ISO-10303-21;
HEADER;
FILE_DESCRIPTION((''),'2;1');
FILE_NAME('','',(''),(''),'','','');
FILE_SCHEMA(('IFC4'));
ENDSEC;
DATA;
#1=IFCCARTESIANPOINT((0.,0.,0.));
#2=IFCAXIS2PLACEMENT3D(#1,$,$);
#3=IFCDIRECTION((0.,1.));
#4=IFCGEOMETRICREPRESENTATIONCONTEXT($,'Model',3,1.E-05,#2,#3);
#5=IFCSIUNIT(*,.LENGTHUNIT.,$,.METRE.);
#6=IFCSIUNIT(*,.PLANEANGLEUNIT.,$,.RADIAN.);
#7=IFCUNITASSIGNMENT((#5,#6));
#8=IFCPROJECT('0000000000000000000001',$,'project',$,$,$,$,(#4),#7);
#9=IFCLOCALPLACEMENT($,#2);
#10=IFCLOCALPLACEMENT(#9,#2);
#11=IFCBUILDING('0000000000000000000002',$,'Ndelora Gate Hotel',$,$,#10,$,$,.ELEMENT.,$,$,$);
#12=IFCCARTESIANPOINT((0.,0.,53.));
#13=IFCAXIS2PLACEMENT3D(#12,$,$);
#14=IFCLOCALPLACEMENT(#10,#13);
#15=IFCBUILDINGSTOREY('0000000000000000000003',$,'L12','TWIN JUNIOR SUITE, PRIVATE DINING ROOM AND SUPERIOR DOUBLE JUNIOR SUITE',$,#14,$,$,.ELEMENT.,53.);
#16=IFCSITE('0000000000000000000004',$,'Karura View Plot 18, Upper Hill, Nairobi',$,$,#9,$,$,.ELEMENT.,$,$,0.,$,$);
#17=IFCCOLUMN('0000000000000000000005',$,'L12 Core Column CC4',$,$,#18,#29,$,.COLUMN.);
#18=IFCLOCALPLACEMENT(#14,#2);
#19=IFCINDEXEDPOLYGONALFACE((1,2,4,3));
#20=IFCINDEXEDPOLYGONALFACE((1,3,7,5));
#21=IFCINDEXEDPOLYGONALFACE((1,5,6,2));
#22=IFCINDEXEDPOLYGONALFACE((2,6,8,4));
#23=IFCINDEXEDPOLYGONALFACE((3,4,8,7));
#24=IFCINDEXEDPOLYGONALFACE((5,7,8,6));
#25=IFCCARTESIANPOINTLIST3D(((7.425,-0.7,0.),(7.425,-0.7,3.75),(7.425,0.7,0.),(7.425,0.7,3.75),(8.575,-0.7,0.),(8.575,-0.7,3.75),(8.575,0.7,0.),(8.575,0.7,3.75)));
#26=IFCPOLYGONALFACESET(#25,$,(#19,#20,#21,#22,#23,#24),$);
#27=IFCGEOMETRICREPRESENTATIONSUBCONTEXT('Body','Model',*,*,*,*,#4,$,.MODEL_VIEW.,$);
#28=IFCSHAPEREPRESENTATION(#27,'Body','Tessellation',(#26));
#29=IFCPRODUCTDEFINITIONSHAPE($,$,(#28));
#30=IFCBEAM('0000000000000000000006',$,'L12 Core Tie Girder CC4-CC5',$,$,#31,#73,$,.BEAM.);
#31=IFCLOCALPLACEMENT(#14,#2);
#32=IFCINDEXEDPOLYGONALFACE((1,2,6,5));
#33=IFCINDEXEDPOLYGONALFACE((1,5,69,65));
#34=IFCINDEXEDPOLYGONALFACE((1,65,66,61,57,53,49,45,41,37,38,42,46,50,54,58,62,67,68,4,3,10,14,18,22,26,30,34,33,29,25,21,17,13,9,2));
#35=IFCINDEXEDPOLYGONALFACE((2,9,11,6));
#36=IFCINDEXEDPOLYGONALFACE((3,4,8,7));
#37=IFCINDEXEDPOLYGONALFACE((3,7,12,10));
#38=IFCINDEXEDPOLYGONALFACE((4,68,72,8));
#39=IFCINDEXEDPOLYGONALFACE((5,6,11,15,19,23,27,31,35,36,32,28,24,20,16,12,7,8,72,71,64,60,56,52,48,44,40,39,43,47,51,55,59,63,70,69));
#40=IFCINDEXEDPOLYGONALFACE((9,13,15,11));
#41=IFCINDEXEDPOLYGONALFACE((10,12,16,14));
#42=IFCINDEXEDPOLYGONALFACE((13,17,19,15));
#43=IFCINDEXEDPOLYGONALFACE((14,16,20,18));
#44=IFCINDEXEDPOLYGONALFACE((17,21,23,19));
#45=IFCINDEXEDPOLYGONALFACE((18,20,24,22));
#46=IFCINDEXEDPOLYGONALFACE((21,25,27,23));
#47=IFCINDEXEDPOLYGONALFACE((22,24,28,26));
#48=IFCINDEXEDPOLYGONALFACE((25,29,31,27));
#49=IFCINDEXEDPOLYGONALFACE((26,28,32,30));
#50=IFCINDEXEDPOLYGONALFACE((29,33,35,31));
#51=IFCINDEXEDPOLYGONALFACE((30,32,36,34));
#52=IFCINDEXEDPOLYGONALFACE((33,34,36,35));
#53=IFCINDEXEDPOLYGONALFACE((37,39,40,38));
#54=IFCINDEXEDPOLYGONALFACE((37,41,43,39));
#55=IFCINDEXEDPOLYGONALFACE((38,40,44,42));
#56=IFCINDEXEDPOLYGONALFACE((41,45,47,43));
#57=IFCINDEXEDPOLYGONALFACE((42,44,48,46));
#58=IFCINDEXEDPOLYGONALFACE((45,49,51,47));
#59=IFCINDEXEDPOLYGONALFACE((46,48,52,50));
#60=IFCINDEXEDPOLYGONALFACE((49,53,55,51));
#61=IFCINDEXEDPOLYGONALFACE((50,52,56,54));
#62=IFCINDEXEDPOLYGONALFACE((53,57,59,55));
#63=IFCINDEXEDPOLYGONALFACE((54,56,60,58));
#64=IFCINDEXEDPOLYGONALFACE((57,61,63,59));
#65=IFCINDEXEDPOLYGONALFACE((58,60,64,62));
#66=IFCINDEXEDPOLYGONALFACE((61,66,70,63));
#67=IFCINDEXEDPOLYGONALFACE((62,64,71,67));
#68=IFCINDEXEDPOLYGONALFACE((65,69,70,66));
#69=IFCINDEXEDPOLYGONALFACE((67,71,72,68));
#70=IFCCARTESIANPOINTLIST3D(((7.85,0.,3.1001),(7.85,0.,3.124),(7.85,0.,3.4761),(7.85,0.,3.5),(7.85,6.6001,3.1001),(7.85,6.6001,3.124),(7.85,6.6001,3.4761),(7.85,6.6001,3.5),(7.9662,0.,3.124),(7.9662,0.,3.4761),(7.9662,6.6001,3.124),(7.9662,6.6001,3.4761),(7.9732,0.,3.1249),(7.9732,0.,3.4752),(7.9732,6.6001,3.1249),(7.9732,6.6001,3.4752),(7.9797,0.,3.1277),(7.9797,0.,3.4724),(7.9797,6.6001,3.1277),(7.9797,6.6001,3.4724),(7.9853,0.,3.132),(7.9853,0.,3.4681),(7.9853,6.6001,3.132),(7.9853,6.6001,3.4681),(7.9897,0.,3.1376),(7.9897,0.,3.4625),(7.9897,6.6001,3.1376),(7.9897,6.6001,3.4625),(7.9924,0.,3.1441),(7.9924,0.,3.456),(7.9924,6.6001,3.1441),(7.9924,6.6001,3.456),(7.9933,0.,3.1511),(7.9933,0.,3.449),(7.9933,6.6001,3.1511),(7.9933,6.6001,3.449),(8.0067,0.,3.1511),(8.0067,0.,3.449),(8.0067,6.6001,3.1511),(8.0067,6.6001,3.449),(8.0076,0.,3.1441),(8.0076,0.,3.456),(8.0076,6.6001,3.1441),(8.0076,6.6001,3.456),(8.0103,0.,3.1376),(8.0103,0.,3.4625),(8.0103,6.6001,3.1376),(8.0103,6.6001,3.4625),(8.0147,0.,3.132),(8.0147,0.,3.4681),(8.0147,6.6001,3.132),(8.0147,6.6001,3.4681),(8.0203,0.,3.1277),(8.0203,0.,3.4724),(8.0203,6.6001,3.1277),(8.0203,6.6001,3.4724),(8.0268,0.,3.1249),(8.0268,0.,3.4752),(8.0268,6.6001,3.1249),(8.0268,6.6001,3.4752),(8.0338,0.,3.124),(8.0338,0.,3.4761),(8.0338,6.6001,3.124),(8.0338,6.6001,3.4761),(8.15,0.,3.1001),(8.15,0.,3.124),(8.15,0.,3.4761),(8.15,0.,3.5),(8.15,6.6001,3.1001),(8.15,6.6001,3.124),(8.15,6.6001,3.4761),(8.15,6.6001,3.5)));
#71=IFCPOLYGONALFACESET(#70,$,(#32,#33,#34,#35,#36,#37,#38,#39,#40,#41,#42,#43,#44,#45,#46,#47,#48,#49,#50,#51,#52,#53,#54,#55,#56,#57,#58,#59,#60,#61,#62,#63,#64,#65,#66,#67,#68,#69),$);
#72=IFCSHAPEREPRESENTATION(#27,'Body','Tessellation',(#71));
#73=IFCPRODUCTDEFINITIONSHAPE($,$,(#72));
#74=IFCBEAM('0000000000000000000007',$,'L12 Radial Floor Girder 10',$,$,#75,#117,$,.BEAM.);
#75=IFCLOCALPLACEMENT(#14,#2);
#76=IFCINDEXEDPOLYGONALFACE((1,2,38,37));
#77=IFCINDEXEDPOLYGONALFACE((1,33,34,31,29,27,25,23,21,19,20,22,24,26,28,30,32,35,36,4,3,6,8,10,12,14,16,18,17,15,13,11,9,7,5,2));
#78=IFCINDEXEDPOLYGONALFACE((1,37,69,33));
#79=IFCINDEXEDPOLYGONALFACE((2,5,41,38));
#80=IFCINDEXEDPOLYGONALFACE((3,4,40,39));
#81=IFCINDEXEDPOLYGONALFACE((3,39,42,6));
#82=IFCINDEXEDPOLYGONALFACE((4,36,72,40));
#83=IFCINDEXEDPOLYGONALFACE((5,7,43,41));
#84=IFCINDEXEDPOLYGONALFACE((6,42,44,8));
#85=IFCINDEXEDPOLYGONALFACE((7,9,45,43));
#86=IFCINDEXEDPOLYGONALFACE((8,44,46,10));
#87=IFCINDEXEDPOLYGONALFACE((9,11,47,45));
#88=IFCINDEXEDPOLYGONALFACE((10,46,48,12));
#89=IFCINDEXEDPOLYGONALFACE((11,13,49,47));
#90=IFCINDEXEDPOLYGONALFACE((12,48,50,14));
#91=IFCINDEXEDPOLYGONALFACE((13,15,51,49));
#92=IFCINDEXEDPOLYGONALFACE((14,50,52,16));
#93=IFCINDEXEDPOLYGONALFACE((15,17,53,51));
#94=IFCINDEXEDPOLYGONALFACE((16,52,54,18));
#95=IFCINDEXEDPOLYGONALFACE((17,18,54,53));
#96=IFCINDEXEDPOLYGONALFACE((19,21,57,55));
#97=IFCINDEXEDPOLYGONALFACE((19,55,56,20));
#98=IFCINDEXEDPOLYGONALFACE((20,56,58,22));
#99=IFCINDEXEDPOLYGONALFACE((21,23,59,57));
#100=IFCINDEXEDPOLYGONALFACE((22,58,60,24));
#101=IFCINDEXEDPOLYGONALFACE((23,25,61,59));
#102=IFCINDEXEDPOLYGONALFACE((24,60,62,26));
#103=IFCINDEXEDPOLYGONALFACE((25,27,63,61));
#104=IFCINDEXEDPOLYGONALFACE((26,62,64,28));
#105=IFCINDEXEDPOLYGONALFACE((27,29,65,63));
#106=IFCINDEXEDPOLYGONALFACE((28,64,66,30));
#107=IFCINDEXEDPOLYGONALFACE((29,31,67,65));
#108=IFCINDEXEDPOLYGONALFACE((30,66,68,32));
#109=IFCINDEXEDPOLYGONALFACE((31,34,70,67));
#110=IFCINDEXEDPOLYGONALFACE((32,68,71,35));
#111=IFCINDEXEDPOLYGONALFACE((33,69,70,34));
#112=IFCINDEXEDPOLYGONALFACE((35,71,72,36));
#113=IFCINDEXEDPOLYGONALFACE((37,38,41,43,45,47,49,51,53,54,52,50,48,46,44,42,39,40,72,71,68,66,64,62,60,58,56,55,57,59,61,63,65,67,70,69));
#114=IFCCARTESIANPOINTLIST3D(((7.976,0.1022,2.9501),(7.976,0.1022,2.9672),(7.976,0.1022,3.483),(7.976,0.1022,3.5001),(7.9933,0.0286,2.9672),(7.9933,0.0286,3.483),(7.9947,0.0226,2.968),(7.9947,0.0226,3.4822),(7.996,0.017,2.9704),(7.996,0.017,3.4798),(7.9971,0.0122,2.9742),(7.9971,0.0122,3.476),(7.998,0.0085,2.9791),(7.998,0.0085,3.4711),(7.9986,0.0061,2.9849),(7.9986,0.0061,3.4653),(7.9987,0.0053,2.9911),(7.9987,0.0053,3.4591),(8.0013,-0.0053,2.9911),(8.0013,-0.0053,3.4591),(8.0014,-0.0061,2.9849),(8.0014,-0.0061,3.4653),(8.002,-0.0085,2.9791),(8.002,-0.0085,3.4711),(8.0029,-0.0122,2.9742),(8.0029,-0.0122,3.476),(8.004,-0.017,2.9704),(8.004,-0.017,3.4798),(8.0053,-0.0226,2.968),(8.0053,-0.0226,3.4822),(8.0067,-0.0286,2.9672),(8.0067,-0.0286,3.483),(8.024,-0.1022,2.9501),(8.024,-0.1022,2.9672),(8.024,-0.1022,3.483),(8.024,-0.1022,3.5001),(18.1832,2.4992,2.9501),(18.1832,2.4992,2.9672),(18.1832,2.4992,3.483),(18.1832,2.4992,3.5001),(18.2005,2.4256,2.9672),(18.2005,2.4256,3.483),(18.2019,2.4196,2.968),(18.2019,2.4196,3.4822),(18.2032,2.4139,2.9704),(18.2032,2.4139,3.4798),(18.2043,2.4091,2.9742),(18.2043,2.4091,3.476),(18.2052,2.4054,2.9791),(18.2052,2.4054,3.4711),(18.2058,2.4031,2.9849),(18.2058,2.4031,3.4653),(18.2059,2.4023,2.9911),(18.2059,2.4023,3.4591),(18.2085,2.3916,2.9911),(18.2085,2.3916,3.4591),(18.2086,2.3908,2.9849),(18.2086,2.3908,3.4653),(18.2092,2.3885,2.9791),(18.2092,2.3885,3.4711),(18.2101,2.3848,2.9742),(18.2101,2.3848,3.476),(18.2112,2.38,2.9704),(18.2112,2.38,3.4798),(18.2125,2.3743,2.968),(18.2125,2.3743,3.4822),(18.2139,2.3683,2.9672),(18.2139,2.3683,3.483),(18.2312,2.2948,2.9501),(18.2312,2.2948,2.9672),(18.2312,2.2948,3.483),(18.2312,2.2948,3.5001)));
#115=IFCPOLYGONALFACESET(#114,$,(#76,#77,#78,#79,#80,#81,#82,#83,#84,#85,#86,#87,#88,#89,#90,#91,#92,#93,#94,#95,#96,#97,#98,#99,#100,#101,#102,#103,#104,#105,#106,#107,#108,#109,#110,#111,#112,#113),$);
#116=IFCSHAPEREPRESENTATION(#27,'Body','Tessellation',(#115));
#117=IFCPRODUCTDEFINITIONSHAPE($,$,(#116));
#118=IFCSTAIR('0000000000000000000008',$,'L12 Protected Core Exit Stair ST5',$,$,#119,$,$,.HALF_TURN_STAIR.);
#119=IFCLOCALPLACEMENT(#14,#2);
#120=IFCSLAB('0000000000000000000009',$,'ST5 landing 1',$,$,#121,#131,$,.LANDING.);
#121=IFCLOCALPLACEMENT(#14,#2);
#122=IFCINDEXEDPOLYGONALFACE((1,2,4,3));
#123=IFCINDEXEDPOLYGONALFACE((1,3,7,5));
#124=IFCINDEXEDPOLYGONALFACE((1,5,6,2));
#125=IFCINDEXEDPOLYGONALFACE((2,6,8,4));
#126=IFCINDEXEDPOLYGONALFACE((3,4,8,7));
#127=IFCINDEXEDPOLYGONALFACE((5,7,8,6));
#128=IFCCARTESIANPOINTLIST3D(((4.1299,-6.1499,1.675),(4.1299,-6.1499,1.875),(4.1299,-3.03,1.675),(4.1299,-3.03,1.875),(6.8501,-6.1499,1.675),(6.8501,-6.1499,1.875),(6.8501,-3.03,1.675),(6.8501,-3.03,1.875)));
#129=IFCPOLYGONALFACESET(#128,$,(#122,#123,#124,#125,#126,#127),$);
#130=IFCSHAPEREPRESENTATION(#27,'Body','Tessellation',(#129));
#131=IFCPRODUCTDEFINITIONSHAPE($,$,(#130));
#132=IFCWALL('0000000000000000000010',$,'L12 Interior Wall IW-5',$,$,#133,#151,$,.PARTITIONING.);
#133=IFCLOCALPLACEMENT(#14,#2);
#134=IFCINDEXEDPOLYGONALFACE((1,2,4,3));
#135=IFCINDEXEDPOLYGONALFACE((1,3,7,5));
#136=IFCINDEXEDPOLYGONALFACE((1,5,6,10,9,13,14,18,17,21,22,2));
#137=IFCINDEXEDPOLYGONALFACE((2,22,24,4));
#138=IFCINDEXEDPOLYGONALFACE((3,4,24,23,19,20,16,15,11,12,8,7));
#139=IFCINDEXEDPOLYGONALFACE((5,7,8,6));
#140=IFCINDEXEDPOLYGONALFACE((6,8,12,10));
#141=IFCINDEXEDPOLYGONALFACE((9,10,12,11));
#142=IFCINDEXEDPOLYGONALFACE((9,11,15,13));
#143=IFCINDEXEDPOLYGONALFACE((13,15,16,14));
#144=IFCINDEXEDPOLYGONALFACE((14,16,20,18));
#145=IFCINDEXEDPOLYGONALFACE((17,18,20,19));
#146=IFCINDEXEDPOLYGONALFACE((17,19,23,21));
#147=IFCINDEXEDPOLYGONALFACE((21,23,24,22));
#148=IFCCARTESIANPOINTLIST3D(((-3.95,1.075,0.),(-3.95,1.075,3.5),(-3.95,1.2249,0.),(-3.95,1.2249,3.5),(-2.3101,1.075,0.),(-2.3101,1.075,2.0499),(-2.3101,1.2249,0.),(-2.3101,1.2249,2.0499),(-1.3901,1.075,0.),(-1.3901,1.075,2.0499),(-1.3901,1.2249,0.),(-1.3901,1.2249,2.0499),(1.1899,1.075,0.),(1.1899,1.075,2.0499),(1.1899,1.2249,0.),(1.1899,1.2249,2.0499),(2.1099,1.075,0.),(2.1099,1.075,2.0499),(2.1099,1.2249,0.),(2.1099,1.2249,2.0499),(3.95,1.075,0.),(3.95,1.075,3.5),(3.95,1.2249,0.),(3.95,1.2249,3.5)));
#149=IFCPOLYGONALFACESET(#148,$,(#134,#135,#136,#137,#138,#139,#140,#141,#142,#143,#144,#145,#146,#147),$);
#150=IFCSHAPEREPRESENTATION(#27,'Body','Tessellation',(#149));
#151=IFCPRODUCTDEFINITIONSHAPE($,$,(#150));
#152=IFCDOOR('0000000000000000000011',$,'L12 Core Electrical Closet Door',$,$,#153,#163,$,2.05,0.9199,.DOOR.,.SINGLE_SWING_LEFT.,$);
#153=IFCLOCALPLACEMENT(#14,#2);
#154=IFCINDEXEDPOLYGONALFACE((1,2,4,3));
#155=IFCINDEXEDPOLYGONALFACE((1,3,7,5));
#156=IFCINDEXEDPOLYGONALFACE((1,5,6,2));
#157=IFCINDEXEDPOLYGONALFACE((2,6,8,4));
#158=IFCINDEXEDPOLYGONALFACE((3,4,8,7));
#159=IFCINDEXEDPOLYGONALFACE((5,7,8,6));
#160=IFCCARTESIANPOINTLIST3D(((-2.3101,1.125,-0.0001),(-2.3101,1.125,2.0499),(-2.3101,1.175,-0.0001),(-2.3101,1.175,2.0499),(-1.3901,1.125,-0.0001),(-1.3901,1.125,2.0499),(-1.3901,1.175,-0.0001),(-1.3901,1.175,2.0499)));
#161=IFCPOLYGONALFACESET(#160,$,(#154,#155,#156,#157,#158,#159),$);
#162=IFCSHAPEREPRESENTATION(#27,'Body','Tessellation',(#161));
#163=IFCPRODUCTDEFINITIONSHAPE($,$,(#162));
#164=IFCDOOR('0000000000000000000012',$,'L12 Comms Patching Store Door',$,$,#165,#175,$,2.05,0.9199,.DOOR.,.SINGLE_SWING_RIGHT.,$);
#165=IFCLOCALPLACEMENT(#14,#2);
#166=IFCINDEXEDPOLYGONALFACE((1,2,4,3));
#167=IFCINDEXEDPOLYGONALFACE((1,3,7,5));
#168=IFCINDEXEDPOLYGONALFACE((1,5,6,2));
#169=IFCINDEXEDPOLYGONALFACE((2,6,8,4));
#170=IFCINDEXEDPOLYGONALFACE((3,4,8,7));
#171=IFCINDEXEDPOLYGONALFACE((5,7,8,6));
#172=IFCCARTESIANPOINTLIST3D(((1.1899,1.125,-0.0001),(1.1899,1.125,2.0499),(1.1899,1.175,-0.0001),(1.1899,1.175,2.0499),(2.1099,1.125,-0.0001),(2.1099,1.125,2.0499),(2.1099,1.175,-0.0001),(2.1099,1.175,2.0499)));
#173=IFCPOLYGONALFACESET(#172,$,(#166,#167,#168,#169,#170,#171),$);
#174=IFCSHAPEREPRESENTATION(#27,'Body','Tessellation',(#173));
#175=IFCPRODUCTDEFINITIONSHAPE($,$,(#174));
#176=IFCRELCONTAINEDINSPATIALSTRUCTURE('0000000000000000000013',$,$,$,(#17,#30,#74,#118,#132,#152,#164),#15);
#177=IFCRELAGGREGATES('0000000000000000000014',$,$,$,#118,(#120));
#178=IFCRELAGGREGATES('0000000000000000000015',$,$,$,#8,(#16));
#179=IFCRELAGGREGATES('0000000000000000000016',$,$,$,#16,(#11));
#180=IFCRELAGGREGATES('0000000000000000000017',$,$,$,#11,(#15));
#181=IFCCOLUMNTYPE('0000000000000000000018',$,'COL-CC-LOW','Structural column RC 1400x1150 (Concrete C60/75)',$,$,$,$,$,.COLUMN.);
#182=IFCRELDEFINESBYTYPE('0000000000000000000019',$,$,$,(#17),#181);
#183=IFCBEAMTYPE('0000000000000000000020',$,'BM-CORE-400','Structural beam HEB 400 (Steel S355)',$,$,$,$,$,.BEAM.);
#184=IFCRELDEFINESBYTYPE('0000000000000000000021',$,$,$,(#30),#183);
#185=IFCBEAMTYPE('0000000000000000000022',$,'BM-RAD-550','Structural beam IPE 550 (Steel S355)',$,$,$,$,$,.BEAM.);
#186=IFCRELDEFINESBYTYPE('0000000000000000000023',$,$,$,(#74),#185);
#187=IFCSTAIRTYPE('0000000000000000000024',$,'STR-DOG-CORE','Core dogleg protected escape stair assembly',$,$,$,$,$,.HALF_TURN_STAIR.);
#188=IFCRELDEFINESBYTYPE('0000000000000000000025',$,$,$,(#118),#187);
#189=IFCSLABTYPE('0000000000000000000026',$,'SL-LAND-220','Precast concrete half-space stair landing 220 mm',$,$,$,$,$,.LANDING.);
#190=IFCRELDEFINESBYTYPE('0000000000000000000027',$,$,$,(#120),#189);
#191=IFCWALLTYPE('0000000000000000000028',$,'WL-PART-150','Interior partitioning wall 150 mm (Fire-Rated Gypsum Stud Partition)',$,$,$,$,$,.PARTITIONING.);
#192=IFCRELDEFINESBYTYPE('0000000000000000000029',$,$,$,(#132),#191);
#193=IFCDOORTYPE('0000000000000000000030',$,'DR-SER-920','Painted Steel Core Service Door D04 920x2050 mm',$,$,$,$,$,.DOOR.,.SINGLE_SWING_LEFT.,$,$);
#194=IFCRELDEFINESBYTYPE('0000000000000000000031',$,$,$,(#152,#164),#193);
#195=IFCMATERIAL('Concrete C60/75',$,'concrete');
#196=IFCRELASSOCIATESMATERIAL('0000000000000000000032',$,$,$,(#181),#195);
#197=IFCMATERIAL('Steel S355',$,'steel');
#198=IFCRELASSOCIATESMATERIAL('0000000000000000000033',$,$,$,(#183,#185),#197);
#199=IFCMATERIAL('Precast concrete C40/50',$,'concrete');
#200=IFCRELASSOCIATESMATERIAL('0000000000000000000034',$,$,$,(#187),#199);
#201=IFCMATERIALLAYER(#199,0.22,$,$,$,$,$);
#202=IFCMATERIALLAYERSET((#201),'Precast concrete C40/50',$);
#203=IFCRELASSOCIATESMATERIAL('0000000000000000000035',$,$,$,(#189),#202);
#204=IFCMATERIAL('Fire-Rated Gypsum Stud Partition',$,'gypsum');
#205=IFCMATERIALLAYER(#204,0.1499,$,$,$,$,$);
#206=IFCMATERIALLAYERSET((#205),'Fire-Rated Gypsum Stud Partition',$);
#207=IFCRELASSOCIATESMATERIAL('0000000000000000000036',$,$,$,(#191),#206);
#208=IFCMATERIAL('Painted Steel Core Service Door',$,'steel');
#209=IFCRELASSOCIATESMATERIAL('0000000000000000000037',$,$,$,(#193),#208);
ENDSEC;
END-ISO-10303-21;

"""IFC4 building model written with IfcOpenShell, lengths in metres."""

from ifc_helpers import new_model, si_unit, direction, frame, frame_2d, origin, origin_2d, place, context, subcontext, project, spatial, polyline, rectangle, i_section, outline, extrude, material, layer, layer_set, material_profile, profile_set, type_object, element, fill, aggregate, save


model = new_model("IFC4")

# Units and contexts
model_context = context("Model", 3, precision=1e-05, world=origin(), true_north=direction((0.0, 1.0)))
body_context = subcontext(model_context, "Body", "Model", "MODEL_VIEW")
ifc_project = project(units=[si_unit("LENGTHUNIT", "METRE"), si_unit("PLANEANGLEUNIT", "RADIAN")], contexts=[model_context])

# Site, building, storey
site_placement = place(None, origin())
site = spatial("IfcSite", under=ifc_project, at=site_placement, Name="Karura View Plot 18, Upper Hill, Nairobi", CompositionType="ELEMENT", RefElevation=0.0)
building_placement = place(site_placement, origin())
building = spatial("IfcBuilding", under=site, at=building_placement, Name="Ndelora Gate Hotel", CompositionType="ELEMENT")
storey_placement = place(building_placement, frame((0.0, 0.0, 53.0)))
storey = spatial("IfcBuildingStorey", under=building, at=storey_placement, Name="L12", Description="TWIN JUNIOR SUITE, PRIVATE DINING ROOM AND SUPERIOR DOUBLE JUNIOR SUITE", CompositionType="ELEMENT", Elevation=53.0)

# Column
ifc_material_1 = material(Name="Concrete C60/75", Category="concrete")
ifc_material_profile_1 = material_profile(ifc_material_1, rectangle(XDim=1.1499, YDim=1.3999, at=origin_2d()), Name="RC 1400x1150")
ifc_profile_set_1 = profile_set([ifc_material_profile_1], Name="Concrete C60/75")
column_type = type_object("IfcColumnType", Name="COL-CC-LOW", Description="Structural column RC 1400x1150 (Concrete C60/75)", PredefinedType="COLUMN", material=ifc_profile_set_1)
column_placement = place(storey_placement, frame((8.0, 0.0, 0.0), z_axis=(0.0, 0.0, 1.0), x_axis=(1.0, 0.0, 0.0)))
element("IfcColumn", 1, at=column_placement, inside=storey, type_object=column_type, Name="L12 Core Column CC4", PredefinedType="COLUMN", context=body_context, shape_type="SweptSolid", body=[
    extrude(rectangle(XDim=1.1499, YDim=1.3999, at=origin_2d()), origin(), (0.0, 0.0, 1.0), 3.75),
])

# Beams
ifc_material_2 = material(Name="Steel S355", Category="steel")
ifc_material_profile_2 = material_profile(ifc_material_2, i_section(OverallWidth=0.3, OverallDepth=0.3999, WebThickness=0.0134, FlangeThickness=0.0239, FilletRadius=0.0271, at=origin_2d()), Name="HEB 400")
ifc_profile_set_2 = profile_set([ifc_material_profile_2], Name="Steel S355")
beam_type_1 = type_object("IfcBeamType", Name="BM-CORE-400", Description="Structural beam HEB 400 (Steel S355)", PredefinedType="BEAM", material=ifc_profile_set_2)
beam_1_placement = place(storey_placement, frame((8.0, 0.0, 3.3), z_axis=(0.0, 1.0, 0.0), x_axis=(-1.0, 0.0, 0.0)))
element("IfcBeam", 2, at=beam_1_placement, inside=storey, type_object=beam_type_1, Name="L12 Core Tie Girder CC4-CC5", PredefinedType="BEAM", context=body_context, shape_type="SweptSolid", body=[
    extrude(i_section(OverallWidth=0.3, OverallDepth=0.3999, WebThickness=0.0134, FlangeThickness=0.0239, FilletRadius=0.0271, at=origin_2d()), origin(), (0.0, 0.0, 1.0), 6.6001),
])
ifc_material_profile_3 = material_profile(ifc_material_2, i_section(OverallWidth=0.21, OverallDepth=0.55, WebThickness=0.011, FlangeThickness=0.0171, FilletRadius=0.0239, at=origin_2d()), Name="IPE 550")
ifc_profile_set_3 = profile_set([ifc_material_profile_3], Name="Steel S355")
beam_type_2 = type_object("IfcBeamType", Name="BM-RAD-550", Description="Structural beam IPE 550 (Steel S355)", PredefinedType="BEAM", material=ifc_profile_set_3)
beam_2_placement = place(storey_placement, frame((8.0, 0.0, 3.2251), z_axis=(0.973518, 0.228611, 0.0), x_axis=(-0.228611, 0.973518, 0.0)))
element("IfcBeam", 3, at=beam_2_placement, inside=storey, type_object=beam_type_2, Name="L12 Radial Floor Girder 10", PredefinedType="BEAM", context=body_context, shape_type="SweptSolid", body=[
    extrude(i_section(OverallWidth=0.21, OverallDepth=0.55, WebThickness=0.011, FlangeThickness=0.0171, FilletRadius=0.0239, at=origin_2d()), origin(), (0.0, 0.0, 1.0), 10.4849),
])

# Stair, slab
ifc_material_3 = material(Name="Precast concrete C40/50", Category="concrete")
stair_type = type_object("IfcStairType", Name="STR-DOG-CORE", Description="Core dogleg protected escape stair assembly", PredefinedType="HALF_TURN_STAIR", material=ifc_material_3)
stair_placement = place(storey_placement, origin())
stair = element("IfcStair", 4, at=stair_placement, inside=storey, type_object=stair_type, Name="L12 Protected Core Exit Stair ST5", PredefinedType="HALF_TURN_STAIR")
ifc_layer_1 = layer(ifc_material_3, 0.22)
ifc_layer_set_1 = layer_set([ifc_layer_1], Name="Precast concrete C40/50")
slab_type = type_object("IfcSlabType", Name="SL-LAND-220", Description="Precast concrete half-space stair landing 220 mm", PredefinedType="LANDING", material=ifc_layer_set_1)
slab_placement = place(storey_placement, frame((0.0, 0.0, 1.675)))
slab = element("IfcSlab", 5, at=slab_placement, type_object=slab_type, Name="ST5 landing 1", PredefinedType="LANDING", context=body_context, shape_type="SweptSolid", body=[
    extrude(outline(polyline([(4.1299, -3.03), (4.1299, -6.1499), (6.8501, -6.1499), (6.8501, -3.03), (4.1299, -3.03)])), origin(), (0.0, 0.0, 1.0), 0.2),
])
aggregate(stair, [slab])

# Wall, openings, doors
ifc_material_4 = material(Name="Fire-Rated Gypsum Stud Partition", Category="gypsum")
ifc_layer_2 = layer(ifc_material_4, 0.1499)
ifc_layer_set_2 = layer_set([ifc_layer_2], Name="Fire-Rated Gypsum Stud Partition")
wall_type_1 = type_object("IfcWallType", Name="WL-PART-150", Description="Interior partitioning wall 150 mm (Fire-Rated Gypsum Stud Partition)", PredefinedType="PARTITIONING", material=ifc_layer_set_2)
wall_1_placement = place(storey_placement, frame((3.95, 1.1499, 0.0), z_axis=(0.0, 0.0, 1.0), x_axis=(-1.0, 0.0, 0.0)))
wall_1 = element("IfcWall", 6, at=wall_1_placement, inside=storey, type_object=wall_type_1, Name="L12 Interior Wall IW-5", PredefinedType="PARTITIONING", context=body_context, shape_type="SweptSolid", body=[
    extrude(rectangle(XDim=7.8999, YDim=0.1499, at=frame_2d((3.95, 0.0))), origin(), (0.0, 0.0, 1.0), 3.5),
])
opening_1_placement = place(wall_1_placement, frame((5.3401, 0.0, 0.0)))
opening_1 = element("IfcOpeningElement", 7, at=opening_1_placement, cuts=wall_1, PredefinedType="OPENING", context=body_context, shape_type="SweptSolid", body=[
    extrude(rectangle(XDim=0.9199, YDim=2.05, at=frame_2d((0.46, 1.0249))), frame((0.0, 0.085, 0.0), z_axis=(0.0, -1.0, 0.0), x_axis=(1.0, 0.0, 0.0)), (0.0, 0.0, 1.0), 0.1699),
])
opening_2_placement = place(wall_1_placement, frame((1.8401, 0.0, 0.0)))
opening_2 = element("IfcOpeningElement", 8, at=opening_2_placement, cuts=wall_1, PredefinedType="OPENING", context=body_context, shape_type="SweptSolid", body=[
    extrude(rectangle(XDim=0.9199, YDim=2.05, at=frame_2d((0.46, 1.0249))), frame((0.0, 0.085, 0.0), z_axis=(0.0, -1.0, 0.0), x_axis=(1.0, 0.0, 0.0)), (0.0, 0.0, 1.0), 0.1699),
])
ifc_material_5 = material(Name="Painted Steel Core Service Door", Category="steel")
door_type_1 = type_object("IfcDoorType", Name="DR-SER-920", Description="Painted Steel Core Service Door D04 920x2050 mm", OperationType="SINGLE_SWING_LEFT", PredefinedType="DOOR", material=ifc_material_5)
door_1_placement = place(opening_1_placement, origin())
door_1 = element("IfcDoor", 9, at=door_1_placement, inside=storey, type_object=door_type_1, Name="L12 Core Electrical Closet Door", OperationType="SINGLE_SWING_LEFT", OverallHeight=2.05, OverallWidth=0.9199, PredefinedType="DOOR", context=body_context, shape_type="SweptSolid", body=[
    extrude(rectangle(XDim=0.9199, YDim=2.05, at=frame_2d((0.46, 1.0249))), frame((0.0, 0.0249, 0.0), z_axis=(0.0, -1.0, 0.0), x_axis=(1.0, 0.0, 0.0)), (0.0, 0.0, 1.0), 0.05),
])
fill(opening_1, door_1)
door_2_placement = place(opening_2_placement, origin())
door_2 = element("IfcDoor", 10, at=door_2_placement, inside=storey, type_object=door_type_1, Name="L12 Comms Patching Store Door", OperationType="SINGLE_SWING_RIGHT", OverallHeight=2.05, OverallWidth=0.9199, PredefinedType="DOOR", context=body_context, shape_type="SweptSolid", body=[
    extrude(rectangle(XDim=0.9199, YDim=2.05, at=frame_2d((0.46, 1.0249))), frame((0.0, 0.0249, 0.0), z_axis=(0.0, -1.0, 0.0), x_axis=(1.0, 0.0, 0.0)), (0.0, 0.0, 1.0), 0.05),
])
fill(opening_2, door_2)

save(model, "model.ifc")
